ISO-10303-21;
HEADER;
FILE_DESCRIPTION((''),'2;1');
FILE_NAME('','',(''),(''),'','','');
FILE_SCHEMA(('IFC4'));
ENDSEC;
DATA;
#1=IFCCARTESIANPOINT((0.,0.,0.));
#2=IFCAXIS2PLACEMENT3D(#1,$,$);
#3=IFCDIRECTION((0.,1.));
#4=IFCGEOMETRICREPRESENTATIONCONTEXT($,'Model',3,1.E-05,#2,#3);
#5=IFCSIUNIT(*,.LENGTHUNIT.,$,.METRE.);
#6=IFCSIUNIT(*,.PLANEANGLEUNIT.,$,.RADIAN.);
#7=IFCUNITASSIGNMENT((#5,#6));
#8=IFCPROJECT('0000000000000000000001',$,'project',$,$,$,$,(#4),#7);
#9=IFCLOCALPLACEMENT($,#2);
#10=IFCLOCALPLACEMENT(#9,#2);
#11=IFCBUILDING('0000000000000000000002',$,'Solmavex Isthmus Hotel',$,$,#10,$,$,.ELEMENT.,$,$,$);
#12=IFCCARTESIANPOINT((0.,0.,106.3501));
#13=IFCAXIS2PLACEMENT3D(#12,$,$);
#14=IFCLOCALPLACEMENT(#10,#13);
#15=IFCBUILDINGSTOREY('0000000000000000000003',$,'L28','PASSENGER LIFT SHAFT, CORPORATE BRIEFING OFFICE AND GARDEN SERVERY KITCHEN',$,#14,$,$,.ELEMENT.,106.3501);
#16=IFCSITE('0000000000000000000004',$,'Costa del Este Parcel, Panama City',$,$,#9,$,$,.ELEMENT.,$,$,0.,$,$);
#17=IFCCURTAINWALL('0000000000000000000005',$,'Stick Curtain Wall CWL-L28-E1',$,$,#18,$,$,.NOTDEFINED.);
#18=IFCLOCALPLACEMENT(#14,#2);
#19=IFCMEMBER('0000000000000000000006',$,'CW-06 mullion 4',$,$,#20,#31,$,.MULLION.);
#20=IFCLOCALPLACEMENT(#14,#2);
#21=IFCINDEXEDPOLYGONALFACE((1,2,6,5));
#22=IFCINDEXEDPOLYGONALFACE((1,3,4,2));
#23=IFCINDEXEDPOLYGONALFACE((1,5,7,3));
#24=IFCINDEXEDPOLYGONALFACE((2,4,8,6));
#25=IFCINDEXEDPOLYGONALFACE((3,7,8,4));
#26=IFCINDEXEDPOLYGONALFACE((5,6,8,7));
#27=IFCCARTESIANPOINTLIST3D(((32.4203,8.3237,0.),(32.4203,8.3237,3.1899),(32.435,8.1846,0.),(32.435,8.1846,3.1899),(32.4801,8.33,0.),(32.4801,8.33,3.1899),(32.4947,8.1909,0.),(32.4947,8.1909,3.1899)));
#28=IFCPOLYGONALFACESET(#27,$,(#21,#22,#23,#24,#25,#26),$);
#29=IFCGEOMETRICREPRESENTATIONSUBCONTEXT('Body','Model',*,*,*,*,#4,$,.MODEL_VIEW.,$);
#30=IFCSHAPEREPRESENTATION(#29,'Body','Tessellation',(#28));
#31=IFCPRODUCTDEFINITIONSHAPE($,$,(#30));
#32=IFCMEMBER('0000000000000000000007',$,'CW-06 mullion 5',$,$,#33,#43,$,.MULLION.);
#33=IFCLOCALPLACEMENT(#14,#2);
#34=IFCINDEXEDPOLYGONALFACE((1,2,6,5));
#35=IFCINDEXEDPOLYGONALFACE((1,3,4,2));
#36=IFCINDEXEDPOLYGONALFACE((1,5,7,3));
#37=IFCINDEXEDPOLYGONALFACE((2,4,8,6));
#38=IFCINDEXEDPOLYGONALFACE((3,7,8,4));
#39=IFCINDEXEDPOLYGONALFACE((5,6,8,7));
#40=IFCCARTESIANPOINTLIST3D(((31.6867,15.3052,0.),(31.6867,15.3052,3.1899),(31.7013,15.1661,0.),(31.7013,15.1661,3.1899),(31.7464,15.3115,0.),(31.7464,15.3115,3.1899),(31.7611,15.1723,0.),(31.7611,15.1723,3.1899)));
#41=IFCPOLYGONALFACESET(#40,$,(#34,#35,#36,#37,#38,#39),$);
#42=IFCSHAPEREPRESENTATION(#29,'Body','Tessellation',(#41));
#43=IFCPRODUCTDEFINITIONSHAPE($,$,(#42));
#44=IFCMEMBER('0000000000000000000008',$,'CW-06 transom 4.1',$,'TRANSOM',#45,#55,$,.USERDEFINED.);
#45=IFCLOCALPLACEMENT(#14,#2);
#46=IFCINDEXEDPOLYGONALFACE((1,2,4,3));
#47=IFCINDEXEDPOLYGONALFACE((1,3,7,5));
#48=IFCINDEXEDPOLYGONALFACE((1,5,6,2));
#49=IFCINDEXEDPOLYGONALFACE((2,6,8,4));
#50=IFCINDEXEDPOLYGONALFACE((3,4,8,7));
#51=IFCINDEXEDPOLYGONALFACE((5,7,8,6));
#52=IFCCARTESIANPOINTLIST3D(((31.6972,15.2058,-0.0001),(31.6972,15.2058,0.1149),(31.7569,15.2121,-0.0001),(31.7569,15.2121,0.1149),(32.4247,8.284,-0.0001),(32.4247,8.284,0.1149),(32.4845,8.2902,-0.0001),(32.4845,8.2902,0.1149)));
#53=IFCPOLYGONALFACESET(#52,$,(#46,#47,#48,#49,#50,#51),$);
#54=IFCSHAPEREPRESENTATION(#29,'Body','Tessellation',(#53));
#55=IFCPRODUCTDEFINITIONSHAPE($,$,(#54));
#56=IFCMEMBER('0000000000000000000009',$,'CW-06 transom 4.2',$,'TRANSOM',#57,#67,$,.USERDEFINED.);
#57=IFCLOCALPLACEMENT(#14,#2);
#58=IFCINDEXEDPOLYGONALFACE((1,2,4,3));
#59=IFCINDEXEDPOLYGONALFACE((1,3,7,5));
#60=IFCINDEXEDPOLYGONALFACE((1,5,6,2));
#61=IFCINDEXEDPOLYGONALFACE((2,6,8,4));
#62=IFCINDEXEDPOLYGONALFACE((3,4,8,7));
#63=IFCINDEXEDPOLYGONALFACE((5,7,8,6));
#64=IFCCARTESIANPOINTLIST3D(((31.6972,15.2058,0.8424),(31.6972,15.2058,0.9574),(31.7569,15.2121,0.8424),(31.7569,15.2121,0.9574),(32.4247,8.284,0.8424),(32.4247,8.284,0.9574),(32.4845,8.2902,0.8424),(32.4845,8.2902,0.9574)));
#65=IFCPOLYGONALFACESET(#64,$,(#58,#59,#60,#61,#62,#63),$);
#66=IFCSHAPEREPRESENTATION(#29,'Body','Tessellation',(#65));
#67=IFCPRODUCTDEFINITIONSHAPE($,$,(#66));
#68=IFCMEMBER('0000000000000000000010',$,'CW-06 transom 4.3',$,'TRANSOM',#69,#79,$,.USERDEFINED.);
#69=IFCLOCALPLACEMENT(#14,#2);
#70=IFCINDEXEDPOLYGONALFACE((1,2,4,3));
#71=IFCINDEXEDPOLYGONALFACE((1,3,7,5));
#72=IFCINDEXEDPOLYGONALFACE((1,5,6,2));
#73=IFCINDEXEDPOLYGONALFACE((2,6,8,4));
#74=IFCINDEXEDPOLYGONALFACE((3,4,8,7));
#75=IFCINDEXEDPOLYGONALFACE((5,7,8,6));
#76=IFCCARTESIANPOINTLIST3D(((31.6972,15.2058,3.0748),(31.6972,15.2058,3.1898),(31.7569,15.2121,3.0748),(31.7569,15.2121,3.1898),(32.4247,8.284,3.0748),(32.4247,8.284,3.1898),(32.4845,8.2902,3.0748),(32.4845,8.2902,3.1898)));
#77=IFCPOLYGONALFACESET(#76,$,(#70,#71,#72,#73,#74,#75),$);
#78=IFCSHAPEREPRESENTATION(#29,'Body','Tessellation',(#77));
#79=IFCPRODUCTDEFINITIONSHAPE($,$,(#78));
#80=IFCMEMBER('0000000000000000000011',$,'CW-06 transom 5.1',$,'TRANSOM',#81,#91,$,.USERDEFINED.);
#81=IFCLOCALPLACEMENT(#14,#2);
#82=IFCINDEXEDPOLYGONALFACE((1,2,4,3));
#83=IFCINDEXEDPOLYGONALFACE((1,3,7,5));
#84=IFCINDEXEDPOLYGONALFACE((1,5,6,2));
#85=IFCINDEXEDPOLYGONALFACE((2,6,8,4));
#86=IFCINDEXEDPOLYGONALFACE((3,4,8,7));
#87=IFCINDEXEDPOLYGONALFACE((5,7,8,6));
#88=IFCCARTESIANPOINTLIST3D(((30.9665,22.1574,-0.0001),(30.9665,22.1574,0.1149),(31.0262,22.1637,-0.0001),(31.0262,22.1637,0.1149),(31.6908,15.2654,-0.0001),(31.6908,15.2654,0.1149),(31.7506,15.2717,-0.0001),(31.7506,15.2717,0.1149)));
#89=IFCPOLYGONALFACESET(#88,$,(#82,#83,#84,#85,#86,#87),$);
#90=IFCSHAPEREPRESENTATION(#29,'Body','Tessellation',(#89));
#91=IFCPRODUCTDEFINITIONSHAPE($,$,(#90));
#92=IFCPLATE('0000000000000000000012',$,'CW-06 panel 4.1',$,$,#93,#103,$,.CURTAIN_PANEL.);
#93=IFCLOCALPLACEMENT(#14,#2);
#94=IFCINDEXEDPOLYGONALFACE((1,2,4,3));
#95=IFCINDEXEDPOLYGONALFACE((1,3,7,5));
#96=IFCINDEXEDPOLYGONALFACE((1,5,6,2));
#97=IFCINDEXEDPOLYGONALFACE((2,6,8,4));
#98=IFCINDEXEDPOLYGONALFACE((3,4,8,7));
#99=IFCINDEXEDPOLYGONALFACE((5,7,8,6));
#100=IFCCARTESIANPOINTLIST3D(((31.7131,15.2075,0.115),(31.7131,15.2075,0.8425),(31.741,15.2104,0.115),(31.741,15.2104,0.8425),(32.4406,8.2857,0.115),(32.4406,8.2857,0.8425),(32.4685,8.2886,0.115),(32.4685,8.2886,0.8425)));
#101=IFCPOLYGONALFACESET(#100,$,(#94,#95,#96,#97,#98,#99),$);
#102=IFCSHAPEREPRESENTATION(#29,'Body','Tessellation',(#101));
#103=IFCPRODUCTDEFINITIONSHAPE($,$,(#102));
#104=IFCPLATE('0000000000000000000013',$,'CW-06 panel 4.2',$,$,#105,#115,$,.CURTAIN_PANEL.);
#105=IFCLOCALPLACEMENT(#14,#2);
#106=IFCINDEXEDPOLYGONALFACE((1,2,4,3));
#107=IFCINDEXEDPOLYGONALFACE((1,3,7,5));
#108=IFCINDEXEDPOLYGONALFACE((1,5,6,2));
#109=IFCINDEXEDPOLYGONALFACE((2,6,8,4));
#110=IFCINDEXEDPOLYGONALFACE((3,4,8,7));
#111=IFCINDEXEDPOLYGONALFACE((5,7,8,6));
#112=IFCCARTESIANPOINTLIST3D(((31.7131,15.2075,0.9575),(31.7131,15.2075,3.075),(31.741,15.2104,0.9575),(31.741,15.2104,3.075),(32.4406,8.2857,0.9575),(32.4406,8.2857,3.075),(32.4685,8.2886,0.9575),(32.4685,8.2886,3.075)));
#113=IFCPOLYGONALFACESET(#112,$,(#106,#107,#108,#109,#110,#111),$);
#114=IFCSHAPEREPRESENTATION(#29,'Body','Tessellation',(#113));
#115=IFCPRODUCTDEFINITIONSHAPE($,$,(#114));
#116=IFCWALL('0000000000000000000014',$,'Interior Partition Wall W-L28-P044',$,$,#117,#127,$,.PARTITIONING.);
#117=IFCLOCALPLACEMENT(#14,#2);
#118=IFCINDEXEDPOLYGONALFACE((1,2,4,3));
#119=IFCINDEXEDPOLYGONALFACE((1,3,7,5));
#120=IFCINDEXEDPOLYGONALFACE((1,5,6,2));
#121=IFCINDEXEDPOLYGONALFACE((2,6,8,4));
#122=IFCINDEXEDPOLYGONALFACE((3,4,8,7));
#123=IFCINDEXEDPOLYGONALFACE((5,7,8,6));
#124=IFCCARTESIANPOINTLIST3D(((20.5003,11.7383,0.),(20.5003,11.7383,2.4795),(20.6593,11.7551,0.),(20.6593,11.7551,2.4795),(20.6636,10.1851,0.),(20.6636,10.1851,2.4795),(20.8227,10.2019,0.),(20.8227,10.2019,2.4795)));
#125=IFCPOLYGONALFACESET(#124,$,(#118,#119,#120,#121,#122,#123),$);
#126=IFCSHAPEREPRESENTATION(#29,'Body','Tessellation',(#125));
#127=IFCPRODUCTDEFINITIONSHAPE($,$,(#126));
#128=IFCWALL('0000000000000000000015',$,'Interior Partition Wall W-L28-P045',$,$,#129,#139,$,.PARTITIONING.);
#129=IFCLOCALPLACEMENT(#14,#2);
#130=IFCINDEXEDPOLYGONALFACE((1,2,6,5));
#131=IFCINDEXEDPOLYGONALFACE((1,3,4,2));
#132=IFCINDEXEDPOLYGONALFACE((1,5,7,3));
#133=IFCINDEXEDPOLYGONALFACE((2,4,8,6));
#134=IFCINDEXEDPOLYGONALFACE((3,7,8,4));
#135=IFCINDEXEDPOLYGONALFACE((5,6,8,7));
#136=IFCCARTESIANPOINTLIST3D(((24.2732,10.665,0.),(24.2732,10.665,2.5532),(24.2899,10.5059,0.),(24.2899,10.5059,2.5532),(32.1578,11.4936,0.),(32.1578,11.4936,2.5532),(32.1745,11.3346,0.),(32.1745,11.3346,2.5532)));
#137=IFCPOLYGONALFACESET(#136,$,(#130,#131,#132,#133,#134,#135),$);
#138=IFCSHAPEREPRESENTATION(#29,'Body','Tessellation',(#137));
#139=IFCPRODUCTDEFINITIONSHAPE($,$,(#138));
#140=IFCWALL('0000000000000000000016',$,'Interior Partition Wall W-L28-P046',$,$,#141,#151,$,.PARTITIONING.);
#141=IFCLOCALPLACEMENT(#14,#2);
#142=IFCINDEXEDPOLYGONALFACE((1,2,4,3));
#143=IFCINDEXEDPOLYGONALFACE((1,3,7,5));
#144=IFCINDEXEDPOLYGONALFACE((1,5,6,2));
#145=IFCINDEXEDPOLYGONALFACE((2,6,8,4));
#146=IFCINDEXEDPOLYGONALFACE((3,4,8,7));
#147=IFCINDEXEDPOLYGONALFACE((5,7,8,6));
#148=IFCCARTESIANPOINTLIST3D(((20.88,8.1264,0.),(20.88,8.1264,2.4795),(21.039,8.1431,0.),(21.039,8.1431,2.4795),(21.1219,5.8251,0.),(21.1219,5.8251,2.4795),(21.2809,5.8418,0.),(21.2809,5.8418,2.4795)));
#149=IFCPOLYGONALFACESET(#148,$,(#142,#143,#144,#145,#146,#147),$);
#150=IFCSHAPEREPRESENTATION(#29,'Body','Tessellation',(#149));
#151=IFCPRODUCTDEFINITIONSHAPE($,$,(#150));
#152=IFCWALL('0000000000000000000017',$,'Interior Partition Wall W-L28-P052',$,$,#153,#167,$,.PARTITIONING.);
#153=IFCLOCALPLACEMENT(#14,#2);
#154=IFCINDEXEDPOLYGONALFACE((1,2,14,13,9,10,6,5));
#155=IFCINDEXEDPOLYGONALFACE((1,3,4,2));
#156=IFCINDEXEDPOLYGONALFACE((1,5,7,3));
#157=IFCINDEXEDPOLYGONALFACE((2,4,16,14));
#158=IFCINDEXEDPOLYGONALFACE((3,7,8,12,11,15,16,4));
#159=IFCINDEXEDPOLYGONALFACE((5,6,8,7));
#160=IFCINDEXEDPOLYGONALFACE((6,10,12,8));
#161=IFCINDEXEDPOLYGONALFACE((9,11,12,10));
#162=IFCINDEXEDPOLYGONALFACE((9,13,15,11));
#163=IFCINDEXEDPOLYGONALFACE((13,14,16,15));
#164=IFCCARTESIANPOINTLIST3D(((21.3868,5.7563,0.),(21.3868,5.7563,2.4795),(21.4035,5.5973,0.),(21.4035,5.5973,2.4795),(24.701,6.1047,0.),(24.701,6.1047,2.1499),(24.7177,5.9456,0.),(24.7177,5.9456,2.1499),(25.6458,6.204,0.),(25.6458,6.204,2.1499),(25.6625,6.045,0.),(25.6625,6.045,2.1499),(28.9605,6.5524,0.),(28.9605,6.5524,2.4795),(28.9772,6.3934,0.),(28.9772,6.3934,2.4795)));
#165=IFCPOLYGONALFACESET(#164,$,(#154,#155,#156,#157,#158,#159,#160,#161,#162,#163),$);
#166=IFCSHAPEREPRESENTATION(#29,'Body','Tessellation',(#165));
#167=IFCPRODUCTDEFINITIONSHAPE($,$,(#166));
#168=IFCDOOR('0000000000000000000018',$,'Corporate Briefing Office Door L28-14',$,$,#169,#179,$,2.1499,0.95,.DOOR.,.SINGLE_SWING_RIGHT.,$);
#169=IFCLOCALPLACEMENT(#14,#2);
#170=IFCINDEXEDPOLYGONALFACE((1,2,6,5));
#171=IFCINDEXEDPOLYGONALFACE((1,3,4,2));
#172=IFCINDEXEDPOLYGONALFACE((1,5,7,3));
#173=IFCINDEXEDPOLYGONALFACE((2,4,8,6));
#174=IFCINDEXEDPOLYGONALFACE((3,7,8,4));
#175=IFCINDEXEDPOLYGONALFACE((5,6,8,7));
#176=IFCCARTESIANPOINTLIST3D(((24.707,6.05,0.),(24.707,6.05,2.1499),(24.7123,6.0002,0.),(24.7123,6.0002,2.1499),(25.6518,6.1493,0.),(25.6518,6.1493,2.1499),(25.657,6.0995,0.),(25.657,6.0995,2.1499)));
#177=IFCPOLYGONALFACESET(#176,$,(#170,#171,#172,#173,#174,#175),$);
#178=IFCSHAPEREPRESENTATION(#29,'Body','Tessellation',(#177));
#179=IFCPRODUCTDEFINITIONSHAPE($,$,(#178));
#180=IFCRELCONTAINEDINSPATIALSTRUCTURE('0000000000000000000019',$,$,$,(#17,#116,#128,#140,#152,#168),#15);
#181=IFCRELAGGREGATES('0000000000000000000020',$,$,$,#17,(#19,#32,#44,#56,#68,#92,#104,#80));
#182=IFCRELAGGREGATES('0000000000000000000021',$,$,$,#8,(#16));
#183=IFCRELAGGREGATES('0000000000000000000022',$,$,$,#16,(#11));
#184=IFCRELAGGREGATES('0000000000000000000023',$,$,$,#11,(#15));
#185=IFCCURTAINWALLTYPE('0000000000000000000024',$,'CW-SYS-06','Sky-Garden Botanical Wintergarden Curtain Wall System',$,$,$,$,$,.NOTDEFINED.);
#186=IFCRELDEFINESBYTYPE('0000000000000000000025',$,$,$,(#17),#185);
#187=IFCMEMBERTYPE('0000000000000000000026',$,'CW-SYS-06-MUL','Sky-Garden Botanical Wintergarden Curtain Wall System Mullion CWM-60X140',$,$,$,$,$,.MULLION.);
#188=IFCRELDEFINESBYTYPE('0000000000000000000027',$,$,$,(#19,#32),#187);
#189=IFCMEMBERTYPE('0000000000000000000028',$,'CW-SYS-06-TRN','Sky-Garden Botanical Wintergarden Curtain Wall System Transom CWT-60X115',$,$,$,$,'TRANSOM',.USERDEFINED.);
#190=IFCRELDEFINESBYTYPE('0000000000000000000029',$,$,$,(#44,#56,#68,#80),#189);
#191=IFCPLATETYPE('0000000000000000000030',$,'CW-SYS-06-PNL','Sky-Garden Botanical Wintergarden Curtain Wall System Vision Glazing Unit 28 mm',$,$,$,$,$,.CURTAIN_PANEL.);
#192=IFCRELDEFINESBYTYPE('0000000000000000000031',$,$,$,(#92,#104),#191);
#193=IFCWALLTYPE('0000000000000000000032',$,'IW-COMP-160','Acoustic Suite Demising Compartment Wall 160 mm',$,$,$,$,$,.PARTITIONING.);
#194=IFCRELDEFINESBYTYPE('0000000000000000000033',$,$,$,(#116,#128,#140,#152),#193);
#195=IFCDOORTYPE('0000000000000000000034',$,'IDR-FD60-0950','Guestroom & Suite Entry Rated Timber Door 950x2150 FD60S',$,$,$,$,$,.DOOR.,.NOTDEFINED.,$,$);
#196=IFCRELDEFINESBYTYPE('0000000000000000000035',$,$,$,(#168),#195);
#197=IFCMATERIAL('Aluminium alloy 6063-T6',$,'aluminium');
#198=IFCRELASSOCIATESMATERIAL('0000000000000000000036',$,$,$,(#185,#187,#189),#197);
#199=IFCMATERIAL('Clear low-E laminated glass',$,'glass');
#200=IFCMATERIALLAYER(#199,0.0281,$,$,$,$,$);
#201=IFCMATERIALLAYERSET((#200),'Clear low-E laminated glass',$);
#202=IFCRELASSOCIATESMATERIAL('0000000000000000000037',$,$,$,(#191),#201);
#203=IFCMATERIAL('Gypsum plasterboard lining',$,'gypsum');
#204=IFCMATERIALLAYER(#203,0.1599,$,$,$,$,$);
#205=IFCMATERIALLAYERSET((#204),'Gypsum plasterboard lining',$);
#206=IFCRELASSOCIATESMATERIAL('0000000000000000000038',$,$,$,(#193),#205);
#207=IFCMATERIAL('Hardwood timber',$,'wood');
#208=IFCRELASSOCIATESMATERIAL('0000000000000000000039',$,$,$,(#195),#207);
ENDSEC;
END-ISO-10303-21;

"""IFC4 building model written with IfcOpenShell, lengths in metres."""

from ifc_helpers import new_model, si_unit, direction, frame, frame_2d, origin, origin_2d, place, context, subcontext, project, spatial, rectangle, extrude, material, layer, layer_set, material_profile, profile_set, type_object, element, fill, aggregate, save


model = new_model("IFC4")

# Units and contexts
model_context = context("Model", 3, precision=1e-05, world=origin(), true_north=direction((0.0, 1.0)))
body_context = subcontext(model_context, "Body", "Model", "MODEL_VIEW")
ifc_project = project(units=[si_unit("LENGTHUNIT", "METRE"), si_unit("PLANEANGLEUNIT", "RADIAN")], contexts=[model_context])

# Site, building, storey
site_placement = place(None, origin())
site = spatial("IfcSite", under=ifc_project, at=site_placement, Name="Costa del Este Parcel, Panama City", CompositionType="ELEMENT", RefElevation=0.0)
building_placement = place(site_placement, origin())
building = spatial("IfcBuilding", under=site, at=building_placement, Name="Solmavex Isthmus Hotel", CompositionType="ELEMENT")
storey_placement = place(building_placement, frame((0.0, 0.0, 106.3501)))
storey = spatial("IfcBuildingStorey", under=building, at=storey_placement, Name="L28", Description="PASSENGER LIFT SHAFT, CORPORATE BRIEFING OFFICE AND GARDEN SERVERY KITCHEN", CompositionType="ELEMENT", Elevation=106.3501)

# Curtain wall, members, plates
ifc_material_1 = material(Name="Aluminium alloy 6063-T6", Category="aluminium")
curtain_wall_type = type_object("IfcCurtainWallType", Name="CW-SYS-06", Description="Sky-Garden Botanical Wintergarden Curtain Wall System", PredefinedType="NOTDEFINED", material=ifc_material_1)
curtain_wall_placement = place(storey_placement, origin())
curtain_wall = element("IfcCurtainWall", 1, at=curtain_wall_placement, inside=storey, type_object=curtain_wall_type, Name="Stick Curtain Wall CWL-L28-E1", PredefinedType="NOTDEFINED")
ifc_material_profile_1 = material_profile(ifc_material_1, rectangle(XDim=0.0601, YDim=0.1399, at=origin_2d()), Name="CWM-60X140")
ifc_profile_set_1 = profile_set([ifc_material_profile_1], Name="Aluminium alloy 6063-T6")
member_type_1 = type_object("IfcMemberType", Name="CW-SYS-06-MUL", Description="Sky-Garden Botanical Wintergarden Curtain Wall System Mullion CWM-60X140", PredefinedType="MULLION", material=ifc_profile_set_1)
member_1_placement = place(storey_placement, frame((32.4575, 8.2573, 0.0), z_axis=(0.0, 0.0, 1.0), x_axis=(-0.994522, -0.104528, 0.0)))
member_1 = element("IfcMember", 2, at=member_1_placement, type_object=member_type_1, Name="CW-06 mullion 4", PredefinedType="MULLION", context=body_context, shape_type="SweptSolid", body=[
    extrude(rectangle(XDim=0.0601, YDim=0.1399, at=origin_2d()), origin(), (0.0, 0.0, 1.0), 3.1899),
])
member_2_placement = place(storey_placement, frame((31.7239, 15.2388, 0.0), z_axis=(0.0, 0.0, 1.0), x_axis=(-0.994522, -0.104528, 0.0)))
member_2 = element("IfcMember", 3, at=member_2_placement, type_object=member_type_1, Name="CW-06 mullion 5", PredefinedType="MULLION", context=body_context, shape_type="SweptSolid", body=[
    extrude(rectangle(XDim=0.0601, YDim=0.1399, at=origin_2d()), origin(), (0.0, 0.0, 1.0), 3.1899),
])
ifc_material_profile_2 = material_profile(ifc_material_1, rectangle(XDim=0.0601, YDim=0.115, at=origin_2d()), Name="CWT-60X115")
ifc_profile_set_2 = profile_set([ifc_material_profile_2], Name="Aluminium alloy 6063-T6")
member_type_2 = type_object("IfcMemberType", Name="CW-SYS-06-TRN", Description="Sky-Garden Botanical Wintergarden Curtain Wall System Transom CWT-60X115", ElementType="TRANSOM", PredefinedType="USERDEFINED", material=ifc_profile_set_2)
member_3_placement = place(storey_placement, frame((32.4546, 8.2871, 0.0574), z_axis=(-0.104531, 0.994522, 0.0), x_axis=(-0.994522, -0.104531, 0.0)))
member_3 = element("IfcMember", 4, at=member_3_placement, type_object=member_type_2, Name="CW-06 transom 4.1", ObjectType="TRANSOM", PredefinedType="USERDEFINED", context=body_context, shape_type="SweptSolid", body=[
    extrude(rectangle(XDim=0.0601, YDim=0.115, at=origin_2d()), origin(), (0.0, 0.0, 1.0), 6.96),
])
member_4_placement = place(storey_placement, frame((32.4546, 8.2871, 0.8999), z_axis=(-0.104531, 0.994522, 0.0), x_axis=(-0.994522, -0.104531, 0.0)))
member_4 = element("IfcMember", 5, at=member_4_placement, type_object=member_type_2, Name="CW-06 transom 4.2", ObjectType="TRANSOM", PredefinedType="USERDEFINED", context=body_context, shape_type="SweptSolid", body=[
    extrude(rectangle(XDim=0.0601, YDim=0.115, at=origin_2d()), origin(), (0.0, 0.0, 1.0), 6.96),
])
member_5_placement = place(storey_placement, frame((32.4546, 8.2871, 3.1323), z_axis=(-0.104531, 0.994522, 0.0), x_axis=(-0.994522, -0.104531, 0.0)))
member_5 = element("IfcMember", 6, at=member_5_placement, type_object=member_type_2, Name="CW-06 transom 4.3", ObjectType="TRANSOM", PredefinedType="USERDEFINED", context=body_context, shape_type="SweptSolid", body=[
    extrude(rectangle(XDim=0.0601, YDim=0.115, at=origin_2d()), origin(), (0.0, 0.0, 1.0), 6.96),
])
member_6_placement = place(storey_placement, frame((31.7207, 15.2686, 0.0574), z_axis=(-0.104525, 0.994522, 0.0), x_axis=(-0.994522, -0.104525, 0.0)))
member_6 = element("IfcMember", 7, at=member_6_placement, type_object=member_type_2, Name="CW-06 transom 5.1", ObjectType="TRANSOM", PredefinedType="USERDEFINED", context=body_context, shape_type="SweptSolid", body=[
    extrude(rectangle(XDim=0.0601, YDim=0.115, at=origin_2d()), origin(), (0.0, 0.0, 1.0), 6.9299),
])
ifc_material_2 = material(Name="Clear low-E laminated glass", Category="glass")
ifc_layer_1 = layer(ifc_material_2, 0.0281)
ifc_layer_set_1 = layer_set([ifc_layer_1], Name="Clear low-E laminated glass")
plate_type = type_object("IfcPlateType", Name="CW-SYS-06-PNL", Description="Sky-Garden Botanical Wintergarden Curtain Wall System Vision Glazing Unit 28 mm", PredefinedType="CURTAIN_PANEL", material=ifc_layer_set_1)
plate_1_placement = place(storey_placement, frame((32.0908, 11.748, 0.115), z_axis=(0.0, 0.0, 1.0), x_axis=(-0.104528, 0.994522, 0.0)))
plate_1 = element("IfcPlate", 8, at=plate_1_placement, type_object=plate_type, Name="CW-06 panel 4.1", PredefinedType="CURTAIN_PANEL", context=body_context, shape_type="SweptSolid", body=[
    extrude(rectangle(XDim=6.96, YDim=0.0281, at=origin_2d()), origin(), (0.0, 0.0, 1.0), 0.7275),
])
plate_2_placement = place(storey_placement, frame((32.0908, 11.748, 0.9575), z_axis=(0.0, 0.0, 1.0), x_axis=(-0.104528, 0.994522, 0.0)))
plate_2 = element("IfcPlate", 9, at=plate_2_placement, type_object=plate_type, Name="CW-06 panel 4.2", PredefinedType="CURTAIN_PANEL", context=body_context, shape_type="SweptSolid", body=[
    extrude(rectangle(XDim=6.96, YDim=0.0281, at=origin_2d()), origin(), (0.0, 0.0, 1.0), 2.1174),
])
aggregate(curtain_wall, [member_1, member_2, member_3, member_4, member_5, plate_1, plate_2, member_6])

# Walls
ifc_material_3 = material(Name="Gypsum plasterboard lining", Category="gypsum")
ifc_layer_2 = layer(ifc_material_3, 0.1599)
ifc_layer_set_2 = layer_set([ifc_layer_2], Name="Gypsum plasterboard lining")
wall_type_1 = type_object("IfcWallType", Name="IW-COMP-160", Description="Acoustic Suite Demising Compartment Wall 160 mm", PredefinedType="PARTITIONING", material=ifc_layer_set_2)
wall_1_placement = place(storey_placement, frame((20.5798, 11.7466, 0.0), z_axis=(0.0, 0.0, 1.0), x_axis=(0.104579, -0.994517, 0.0)))
element("IfcWall", 10, at=wall_1_placement, inside=storey, type_object=wall_type_1, Name="Interior Partition Wall W-L28-P044", PredefinedType="PARTITIONING", context=body_context, shape_type="SweptSolid", body=[
    extrude(rectangle(XDim=1.5618, YDim=0.1599, at=frame_2d((0.7808, 0.0))), origin(), (0.0, 0.0, 1.0), 2.4795),
])
wall_2_placement = place(storey_placement, frame((32.166, 11.4141, 0.0), z_axis=(0.0, 0.0, 1.0), x_axis=(-0.994523, -0.104518, 0.0)))
element("IfcWall", 11, at=wall_2_placement, inside=storey, type_object=wall_type_1, Name="Interior Partition Wall W-L28-P045", PredefinedType="PARTITIONING", context=body_context, shape_type="SweptSolid", body=[
    extrude(rectangle(XDim=7.928, YDim=0.1599, at=frame_2d((3.9639, 0.0))), origin(), (0.0, 0.0, 1.0), 2.5532),
])
wall_3_placement = place(storey_placement, frame((20.9595, 8.1348, 0.0), z_axis=(0.0, 0.0, 1.0), x_axis=(0.104558, -0.994519, 0.0)))
element("IfcWall", 12, at=wall_3_placement, inside=storey, type_object=wall_type_1, Name="Interior Partition Wall W-L28-P046", PredefinedType="PARTITIONING", context=body_context, shape_type="SweptSolid", body=[
    extrude(rectangle(XDim=2.314, YDim=0.1599, at=frame_2d((1.157, 0.0))), origin(), (0.0, 0.0, 1.0), 2.4795),
])

# Wall, opening, door
wall_4_placement = place(storey_placement, frame((28.9688, 6.4729, 0.0), z_axis=(0.0, 0.0, 1.0), x_axis=(-0.99452, -0.104543, 0.0)))
wall_4 = element("IfcWall", 13, at=wall_4_placement, inside=storey, type_object=wall_type_1, Name="Interior Partition Wall W-L28-P052", PredefinedType="PARTITIONING", context=body_context, shape_type="SweptSolid", body=[
    extrude(rectangle(XDim=7.6155, YDim=0.1599, at=frame_2d((3.8076, 0.0))), origin(), (0.0, 0.0, 1.0), 2.4795),
])
opening_1_placement = place(wall_4_placement, frame((3.3328, 0.0, 0.0)))
opening_1 = element("IfcOpeningElement", 14, at=opening_1_placement, cuts=wall_4, PredefinedType="OPENING", context=body_context, shape_type="SweptSolid", body=[
    extrude(rectangle(XDim=0.95, YDim=2.1499, at=frame_2d((0.4751, 1.075))), frame((0.0, 0.0898, 0.0), z_axis=(0.0, -1.0, 0.0), x_axis=(1.0, 0.0, 0.0)), (0.0, 0.0, 1.0), 0.1799),
])
ifc_material_4 = material(Name="Hardwood timber", Category="wood")
door_type_1 = type_object("IfcDoorType", Name="IDR-FD60-0950", Description="Guestroom & Suite Entry Rated Timber Door 950x2150 FD60S", OperationType="NOTDEFINED", PredefinedType="DOOR", material=ifc_material_4)
door_1_placement = place(opening_1_placement, frame((0.95, 0.0, 0.0), z_axis=(0.0, 0.0, 1.0), x_axis=(-1.0, 0.0, 0.0)))
door_1 = element("IfcDoor", 15, at=door_1_placement, inside=storey, type_object=door_type_1, Name="Corporate Briefing Office Door L28-14", OperationType="SINGLE_SWING_RIGHT", OverallHeight=2.1499, OverallWidth=0.95, PredefinedType="DOOR", context=body_context, shape_type="SweptSolid", body=[
    extrude(rectangle(XDim=0.95, YDim=2.1499, at=frame_2d((0.4751, 1.075))), frame((0.0, 0.0249, 0.0), z_axis=(0.0, -1.0, 0.0), x_axis=(1.0, 0.0, 0.0)), (0.0, 0.0, 1.0), 0.05),
])
fill(opening_1, door_1)

save(model, "model.ifc")
